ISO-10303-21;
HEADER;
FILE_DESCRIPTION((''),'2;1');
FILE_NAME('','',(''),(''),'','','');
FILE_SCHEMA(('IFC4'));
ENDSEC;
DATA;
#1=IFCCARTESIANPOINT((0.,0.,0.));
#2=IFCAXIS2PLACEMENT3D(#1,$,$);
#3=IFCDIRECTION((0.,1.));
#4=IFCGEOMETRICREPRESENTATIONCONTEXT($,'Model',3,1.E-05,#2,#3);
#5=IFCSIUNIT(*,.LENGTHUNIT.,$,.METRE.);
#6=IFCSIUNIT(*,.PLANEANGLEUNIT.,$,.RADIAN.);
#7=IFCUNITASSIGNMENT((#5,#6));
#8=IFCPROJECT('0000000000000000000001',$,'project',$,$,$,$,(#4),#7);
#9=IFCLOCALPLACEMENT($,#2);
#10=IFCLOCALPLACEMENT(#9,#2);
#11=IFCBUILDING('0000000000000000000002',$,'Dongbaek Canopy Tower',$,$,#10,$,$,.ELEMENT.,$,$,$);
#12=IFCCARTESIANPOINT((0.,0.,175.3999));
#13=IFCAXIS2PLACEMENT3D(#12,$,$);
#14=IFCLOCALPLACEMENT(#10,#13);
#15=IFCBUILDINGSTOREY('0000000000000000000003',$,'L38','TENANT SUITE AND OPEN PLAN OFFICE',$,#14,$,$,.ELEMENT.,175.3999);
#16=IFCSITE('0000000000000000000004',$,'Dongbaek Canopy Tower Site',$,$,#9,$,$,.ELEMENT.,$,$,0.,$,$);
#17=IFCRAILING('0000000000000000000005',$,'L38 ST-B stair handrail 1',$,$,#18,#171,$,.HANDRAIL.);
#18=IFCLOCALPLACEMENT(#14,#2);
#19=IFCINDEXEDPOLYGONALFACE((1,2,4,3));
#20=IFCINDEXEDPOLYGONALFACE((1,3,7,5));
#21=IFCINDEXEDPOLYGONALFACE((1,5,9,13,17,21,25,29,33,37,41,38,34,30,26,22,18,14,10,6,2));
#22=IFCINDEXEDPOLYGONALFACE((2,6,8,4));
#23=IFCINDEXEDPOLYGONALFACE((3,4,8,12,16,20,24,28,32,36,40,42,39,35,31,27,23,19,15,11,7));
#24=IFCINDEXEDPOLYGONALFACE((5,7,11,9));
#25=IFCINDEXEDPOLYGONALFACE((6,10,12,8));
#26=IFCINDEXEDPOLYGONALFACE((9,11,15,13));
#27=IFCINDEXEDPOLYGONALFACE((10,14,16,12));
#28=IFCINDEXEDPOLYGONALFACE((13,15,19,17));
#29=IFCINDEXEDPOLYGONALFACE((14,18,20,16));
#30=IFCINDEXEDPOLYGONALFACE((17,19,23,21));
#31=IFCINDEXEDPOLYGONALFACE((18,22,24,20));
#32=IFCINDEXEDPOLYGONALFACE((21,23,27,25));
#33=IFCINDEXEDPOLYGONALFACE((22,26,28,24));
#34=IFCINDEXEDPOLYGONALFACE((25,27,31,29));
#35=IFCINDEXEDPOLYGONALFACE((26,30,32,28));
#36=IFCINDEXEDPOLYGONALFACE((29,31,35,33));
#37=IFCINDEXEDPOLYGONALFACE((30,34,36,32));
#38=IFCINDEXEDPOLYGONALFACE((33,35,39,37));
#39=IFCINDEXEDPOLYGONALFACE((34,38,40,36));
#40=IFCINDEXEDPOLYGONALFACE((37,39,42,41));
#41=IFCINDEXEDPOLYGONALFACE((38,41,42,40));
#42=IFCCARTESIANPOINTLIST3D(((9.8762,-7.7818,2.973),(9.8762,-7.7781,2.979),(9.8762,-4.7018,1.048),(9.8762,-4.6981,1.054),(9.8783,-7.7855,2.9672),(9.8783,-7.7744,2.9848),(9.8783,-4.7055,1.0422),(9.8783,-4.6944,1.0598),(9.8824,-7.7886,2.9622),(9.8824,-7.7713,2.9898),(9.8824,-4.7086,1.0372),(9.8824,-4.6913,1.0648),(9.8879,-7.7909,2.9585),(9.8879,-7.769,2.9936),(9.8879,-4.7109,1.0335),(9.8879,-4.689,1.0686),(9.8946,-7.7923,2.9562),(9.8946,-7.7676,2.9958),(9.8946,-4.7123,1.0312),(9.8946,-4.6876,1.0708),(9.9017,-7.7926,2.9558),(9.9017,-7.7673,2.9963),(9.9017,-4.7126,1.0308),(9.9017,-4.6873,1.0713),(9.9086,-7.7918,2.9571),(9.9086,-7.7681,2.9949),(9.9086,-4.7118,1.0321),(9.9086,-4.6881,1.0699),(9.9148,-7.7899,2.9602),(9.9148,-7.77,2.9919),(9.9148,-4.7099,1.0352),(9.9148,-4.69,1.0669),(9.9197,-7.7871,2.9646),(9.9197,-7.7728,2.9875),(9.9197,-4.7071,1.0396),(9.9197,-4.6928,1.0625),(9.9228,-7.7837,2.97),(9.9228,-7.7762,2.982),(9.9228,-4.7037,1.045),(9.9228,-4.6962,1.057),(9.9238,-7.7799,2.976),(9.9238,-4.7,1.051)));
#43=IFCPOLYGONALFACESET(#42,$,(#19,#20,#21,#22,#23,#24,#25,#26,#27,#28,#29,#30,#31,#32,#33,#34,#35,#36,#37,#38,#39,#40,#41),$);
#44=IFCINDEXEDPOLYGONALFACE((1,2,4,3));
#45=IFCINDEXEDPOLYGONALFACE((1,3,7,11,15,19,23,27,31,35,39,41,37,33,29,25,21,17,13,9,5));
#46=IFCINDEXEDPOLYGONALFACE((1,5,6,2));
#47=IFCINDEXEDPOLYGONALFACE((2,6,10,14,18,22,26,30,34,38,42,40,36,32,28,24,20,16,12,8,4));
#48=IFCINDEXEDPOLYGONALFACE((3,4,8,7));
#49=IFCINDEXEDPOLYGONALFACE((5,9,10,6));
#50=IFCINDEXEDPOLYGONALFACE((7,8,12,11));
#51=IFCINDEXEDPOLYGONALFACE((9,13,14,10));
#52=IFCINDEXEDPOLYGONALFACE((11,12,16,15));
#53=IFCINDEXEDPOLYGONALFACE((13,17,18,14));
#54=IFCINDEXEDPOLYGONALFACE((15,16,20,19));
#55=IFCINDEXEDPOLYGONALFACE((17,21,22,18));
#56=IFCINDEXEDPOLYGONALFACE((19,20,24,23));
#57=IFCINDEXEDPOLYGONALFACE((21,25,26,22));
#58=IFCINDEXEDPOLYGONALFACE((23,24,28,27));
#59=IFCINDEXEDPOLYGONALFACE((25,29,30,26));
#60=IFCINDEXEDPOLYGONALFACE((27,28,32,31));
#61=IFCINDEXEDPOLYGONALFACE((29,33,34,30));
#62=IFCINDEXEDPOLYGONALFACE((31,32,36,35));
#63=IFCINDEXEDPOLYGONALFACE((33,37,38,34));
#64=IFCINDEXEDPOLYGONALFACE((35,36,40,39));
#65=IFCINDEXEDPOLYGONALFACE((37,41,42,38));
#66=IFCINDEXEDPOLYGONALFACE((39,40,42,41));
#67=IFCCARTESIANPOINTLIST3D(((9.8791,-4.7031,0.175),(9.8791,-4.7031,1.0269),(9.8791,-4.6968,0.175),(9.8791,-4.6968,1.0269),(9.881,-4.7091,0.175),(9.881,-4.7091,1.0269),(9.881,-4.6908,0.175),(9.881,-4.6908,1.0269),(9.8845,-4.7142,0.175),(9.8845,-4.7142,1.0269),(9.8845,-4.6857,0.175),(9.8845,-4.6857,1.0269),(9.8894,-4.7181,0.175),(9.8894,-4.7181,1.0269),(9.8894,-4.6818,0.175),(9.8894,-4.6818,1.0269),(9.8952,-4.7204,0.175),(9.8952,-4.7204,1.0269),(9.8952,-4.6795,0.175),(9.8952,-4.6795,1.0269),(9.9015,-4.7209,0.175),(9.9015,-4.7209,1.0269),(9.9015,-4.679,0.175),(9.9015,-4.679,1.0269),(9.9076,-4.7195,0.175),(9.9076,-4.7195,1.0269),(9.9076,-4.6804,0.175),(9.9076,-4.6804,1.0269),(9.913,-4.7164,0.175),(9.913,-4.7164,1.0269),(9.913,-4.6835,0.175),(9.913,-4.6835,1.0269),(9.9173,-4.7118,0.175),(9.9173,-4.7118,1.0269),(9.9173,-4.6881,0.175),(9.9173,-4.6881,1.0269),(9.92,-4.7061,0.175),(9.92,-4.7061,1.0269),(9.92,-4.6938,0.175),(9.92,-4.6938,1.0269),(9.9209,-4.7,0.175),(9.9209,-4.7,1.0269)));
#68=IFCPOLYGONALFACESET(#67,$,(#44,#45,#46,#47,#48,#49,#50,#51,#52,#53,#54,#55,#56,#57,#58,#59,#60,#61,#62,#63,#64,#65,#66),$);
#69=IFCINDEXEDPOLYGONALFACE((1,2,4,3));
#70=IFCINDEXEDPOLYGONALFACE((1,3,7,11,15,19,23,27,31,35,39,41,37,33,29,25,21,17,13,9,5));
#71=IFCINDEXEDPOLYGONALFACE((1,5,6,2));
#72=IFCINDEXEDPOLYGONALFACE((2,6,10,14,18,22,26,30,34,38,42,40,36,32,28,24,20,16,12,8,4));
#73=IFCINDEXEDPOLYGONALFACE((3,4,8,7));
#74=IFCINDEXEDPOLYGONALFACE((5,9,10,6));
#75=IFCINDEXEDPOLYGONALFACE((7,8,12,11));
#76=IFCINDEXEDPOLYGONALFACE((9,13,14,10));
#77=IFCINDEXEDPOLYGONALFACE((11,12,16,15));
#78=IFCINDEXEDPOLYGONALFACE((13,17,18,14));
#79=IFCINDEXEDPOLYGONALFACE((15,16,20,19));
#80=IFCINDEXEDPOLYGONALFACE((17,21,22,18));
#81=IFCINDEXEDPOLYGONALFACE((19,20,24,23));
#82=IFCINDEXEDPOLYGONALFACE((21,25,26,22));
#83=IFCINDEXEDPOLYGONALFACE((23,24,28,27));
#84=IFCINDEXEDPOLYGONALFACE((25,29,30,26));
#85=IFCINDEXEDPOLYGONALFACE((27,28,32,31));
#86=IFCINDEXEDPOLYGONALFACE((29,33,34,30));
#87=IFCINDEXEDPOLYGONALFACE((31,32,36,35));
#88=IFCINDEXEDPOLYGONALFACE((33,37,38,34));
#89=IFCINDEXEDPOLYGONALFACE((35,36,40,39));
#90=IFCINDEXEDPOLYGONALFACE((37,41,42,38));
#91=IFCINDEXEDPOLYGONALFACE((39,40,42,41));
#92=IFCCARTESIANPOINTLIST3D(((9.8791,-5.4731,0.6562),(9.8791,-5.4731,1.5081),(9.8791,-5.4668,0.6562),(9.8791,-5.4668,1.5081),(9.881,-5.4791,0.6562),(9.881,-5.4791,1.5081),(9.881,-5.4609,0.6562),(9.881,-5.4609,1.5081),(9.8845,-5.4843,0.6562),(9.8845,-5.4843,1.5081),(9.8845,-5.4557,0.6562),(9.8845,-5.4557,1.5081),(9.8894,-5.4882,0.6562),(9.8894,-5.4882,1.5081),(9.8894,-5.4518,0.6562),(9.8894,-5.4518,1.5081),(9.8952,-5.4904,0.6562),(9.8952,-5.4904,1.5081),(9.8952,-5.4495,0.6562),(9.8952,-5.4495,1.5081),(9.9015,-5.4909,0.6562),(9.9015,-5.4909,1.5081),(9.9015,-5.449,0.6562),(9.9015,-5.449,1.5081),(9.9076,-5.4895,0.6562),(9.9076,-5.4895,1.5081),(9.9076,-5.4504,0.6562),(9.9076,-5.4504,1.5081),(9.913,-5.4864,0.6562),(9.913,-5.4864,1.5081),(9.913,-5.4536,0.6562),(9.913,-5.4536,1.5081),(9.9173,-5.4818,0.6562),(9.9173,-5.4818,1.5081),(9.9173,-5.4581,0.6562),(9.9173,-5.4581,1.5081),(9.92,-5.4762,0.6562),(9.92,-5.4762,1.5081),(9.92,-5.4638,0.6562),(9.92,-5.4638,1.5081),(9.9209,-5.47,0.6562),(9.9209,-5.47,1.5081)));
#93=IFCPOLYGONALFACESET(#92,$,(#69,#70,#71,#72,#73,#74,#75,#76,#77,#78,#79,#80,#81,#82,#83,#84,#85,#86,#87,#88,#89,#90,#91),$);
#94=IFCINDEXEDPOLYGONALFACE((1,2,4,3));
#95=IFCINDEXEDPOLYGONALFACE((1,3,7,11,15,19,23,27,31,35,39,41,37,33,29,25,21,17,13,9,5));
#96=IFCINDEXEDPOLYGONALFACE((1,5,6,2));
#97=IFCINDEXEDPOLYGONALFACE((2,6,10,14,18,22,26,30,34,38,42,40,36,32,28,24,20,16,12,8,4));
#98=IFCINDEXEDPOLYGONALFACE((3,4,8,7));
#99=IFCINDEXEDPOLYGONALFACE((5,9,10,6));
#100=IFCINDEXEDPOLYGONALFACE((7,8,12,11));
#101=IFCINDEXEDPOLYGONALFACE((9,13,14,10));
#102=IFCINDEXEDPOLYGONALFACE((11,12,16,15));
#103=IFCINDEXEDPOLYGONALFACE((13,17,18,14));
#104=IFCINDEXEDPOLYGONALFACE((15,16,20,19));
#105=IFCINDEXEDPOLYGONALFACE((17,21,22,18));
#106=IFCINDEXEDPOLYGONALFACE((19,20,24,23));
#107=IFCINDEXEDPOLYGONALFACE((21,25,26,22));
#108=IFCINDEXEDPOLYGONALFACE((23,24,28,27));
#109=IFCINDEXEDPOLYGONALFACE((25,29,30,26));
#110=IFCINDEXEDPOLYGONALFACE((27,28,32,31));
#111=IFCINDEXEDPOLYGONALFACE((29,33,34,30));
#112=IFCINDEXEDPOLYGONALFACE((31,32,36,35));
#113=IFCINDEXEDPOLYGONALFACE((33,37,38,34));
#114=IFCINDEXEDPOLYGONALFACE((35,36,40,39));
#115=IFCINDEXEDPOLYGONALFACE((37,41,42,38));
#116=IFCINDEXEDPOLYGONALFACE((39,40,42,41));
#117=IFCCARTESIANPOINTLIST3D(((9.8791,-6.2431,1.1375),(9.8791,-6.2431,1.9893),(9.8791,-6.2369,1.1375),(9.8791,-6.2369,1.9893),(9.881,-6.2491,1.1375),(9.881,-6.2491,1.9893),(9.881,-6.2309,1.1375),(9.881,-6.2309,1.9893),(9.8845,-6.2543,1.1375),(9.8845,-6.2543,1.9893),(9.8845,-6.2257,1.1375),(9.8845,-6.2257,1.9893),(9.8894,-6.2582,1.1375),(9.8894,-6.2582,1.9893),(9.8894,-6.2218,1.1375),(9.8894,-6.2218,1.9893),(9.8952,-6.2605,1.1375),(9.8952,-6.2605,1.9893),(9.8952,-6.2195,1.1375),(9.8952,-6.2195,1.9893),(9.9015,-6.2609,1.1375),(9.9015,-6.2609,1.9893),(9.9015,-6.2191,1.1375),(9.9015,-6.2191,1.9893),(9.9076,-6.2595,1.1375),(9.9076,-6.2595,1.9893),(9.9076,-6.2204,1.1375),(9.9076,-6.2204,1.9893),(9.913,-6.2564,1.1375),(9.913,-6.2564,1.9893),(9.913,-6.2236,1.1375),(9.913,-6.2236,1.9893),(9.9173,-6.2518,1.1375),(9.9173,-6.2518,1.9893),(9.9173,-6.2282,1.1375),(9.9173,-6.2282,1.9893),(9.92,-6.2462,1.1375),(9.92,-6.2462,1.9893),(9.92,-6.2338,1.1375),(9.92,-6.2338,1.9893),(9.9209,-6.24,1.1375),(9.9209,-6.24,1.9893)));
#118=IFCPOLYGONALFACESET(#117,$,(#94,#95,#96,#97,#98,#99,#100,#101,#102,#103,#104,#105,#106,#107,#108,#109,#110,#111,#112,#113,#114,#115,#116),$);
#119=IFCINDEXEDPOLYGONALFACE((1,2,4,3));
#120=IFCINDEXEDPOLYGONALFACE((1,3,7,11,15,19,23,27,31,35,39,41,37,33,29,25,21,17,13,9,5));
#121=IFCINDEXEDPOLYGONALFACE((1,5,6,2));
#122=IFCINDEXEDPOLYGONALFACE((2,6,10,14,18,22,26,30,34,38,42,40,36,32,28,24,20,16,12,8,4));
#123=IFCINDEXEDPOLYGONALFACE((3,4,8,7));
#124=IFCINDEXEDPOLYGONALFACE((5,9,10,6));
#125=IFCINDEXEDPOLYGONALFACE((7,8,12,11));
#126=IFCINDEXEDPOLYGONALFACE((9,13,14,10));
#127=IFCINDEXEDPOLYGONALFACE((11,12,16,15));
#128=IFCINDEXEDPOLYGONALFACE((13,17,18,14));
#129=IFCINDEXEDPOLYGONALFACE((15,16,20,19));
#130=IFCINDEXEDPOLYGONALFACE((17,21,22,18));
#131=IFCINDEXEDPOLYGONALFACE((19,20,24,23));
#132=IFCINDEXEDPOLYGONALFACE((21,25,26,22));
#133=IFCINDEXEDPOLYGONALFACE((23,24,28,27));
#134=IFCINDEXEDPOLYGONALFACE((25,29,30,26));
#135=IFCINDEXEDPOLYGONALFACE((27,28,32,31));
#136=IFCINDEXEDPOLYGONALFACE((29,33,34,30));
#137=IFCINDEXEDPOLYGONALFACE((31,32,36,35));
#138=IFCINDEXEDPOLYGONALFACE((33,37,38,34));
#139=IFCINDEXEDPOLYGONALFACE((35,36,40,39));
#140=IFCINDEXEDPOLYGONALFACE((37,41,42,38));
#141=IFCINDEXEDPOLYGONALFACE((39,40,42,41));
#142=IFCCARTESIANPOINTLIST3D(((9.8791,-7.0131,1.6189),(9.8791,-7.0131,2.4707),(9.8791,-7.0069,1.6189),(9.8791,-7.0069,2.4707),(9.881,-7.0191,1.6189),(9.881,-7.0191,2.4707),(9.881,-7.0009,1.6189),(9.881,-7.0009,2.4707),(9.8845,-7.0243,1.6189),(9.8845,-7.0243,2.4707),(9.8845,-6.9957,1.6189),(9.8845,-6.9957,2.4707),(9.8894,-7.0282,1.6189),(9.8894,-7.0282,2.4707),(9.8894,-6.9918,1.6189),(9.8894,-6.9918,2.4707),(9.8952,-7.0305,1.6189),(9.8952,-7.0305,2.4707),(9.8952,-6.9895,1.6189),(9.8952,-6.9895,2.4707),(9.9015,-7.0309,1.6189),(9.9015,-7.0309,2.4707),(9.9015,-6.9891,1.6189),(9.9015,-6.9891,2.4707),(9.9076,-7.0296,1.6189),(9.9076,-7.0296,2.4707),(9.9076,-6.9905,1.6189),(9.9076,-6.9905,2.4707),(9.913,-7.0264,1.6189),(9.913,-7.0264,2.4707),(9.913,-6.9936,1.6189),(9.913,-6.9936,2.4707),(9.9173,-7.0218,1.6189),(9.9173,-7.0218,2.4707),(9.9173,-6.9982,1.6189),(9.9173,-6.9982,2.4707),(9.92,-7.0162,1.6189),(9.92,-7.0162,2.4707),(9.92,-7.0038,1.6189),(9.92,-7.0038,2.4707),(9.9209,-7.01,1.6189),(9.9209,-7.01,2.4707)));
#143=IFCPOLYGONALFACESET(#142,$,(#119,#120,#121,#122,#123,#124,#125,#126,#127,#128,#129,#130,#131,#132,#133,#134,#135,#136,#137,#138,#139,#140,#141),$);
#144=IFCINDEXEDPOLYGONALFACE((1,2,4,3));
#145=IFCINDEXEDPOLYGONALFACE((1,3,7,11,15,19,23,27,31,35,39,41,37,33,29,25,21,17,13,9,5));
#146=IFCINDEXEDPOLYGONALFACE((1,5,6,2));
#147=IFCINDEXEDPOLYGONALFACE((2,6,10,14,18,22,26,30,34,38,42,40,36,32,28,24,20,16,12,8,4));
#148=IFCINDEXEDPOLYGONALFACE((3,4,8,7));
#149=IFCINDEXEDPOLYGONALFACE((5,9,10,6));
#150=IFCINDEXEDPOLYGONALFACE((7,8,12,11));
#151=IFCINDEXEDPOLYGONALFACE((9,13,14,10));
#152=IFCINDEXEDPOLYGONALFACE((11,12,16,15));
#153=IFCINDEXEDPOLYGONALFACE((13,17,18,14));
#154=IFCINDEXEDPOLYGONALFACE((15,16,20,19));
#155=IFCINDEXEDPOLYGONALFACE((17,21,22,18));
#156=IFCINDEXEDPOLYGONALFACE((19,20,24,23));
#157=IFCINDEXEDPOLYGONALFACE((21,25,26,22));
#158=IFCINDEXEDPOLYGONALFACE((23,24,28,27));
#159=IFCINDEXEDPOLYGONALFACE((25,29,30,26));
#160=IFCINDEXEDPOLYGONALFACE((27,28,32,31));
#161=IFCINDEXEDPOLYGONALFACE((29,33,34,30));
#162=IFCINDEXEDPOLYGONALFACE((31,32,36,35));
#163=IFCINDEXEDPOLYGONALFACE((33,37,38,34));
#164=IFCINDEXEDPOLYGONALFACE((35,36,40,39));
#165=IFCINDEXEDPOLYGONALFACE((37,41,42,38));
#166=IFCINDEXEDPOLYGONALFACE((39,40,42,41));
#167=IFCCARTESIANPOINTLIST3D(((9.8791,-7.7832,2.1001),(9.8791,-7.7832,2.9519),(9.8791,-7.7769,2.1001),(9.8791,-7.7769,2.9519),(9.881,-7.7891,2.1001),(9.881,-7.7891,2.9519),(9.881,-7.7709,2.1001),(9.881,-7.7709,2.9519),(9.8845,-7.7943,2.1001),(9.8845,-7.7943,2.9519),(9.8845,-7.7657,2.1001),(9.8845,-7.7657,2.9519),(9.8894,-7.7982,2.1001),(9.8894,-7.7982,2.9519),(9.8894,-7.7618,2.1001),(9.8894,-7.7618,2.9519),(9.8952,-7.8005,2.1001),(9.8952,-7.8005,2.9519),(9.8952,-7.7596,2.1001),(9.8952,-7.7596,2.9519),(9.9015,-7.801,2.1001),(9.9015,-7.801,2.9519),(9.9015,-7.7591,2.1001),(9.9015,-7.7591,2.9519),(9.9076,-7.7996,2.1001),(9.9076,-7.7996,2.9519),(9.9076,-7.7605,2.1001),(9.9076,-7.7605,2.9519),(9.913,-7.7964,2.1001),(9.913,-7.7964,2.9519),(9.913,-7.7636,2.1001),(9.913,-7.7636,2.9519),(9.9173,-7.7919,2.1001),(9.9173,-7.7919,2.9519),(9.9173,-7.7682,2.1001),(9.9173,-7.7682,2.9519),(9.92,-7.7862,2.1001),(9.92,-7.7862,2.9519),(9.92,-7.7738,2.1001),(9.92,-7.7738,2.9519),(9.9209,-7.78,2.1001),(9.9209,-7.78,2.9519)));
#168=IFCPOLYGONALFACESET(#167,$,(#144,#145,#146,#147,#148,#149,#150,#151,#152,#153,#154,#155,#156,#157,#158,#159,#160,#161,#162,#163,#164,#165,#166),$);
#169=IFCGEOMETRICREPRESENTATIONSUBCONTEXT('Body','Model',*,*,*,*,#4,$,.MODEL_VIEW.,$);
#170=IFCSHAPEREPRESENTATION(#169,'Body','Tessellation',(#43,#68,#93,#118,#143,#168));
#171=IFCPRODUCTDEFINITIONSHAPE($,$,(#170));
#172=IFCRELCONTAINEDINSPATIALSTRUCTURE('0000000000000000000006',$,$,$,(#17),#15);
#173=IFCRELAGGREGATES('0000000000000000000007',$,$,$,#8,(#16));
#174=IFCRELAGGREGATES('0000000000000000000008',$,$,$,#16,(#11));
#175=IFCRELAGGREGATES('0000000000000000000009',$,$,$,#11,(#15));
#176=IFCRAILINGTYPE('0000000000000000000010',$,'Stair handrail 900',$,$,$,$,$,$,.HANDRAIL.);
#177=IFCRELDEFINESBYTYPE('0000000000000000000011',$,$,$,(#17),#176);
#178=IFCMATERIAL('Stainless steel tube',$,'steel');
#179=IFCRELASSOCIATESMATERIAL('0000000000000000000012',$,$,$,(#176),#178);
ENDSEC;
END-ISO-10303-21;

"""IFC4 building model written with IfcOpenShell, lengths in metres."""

from ifc_helpers import new_model, si_unit, direction, frame, origin, origin_2d, place, context, subcontext, project, spatial, circle, extrude, material, type_object, element, save


model = new_model("IFC4")

# Units and contexts
model_context = context("Model", 3, precision=1e-05, world=origin(), true_north=direction((0.0, 1.0)))
body_context = subcontext(model_context, "Body", "Model", "MODEL_VIEW")
ifc_project = project(units=[si_unit("LENGTHUNIT", "METRE"), si_unit("PLANEANGLEUNIT", "RADIAN")], contexts=[model_context])

# Site, building, storey
site_placement = place(None, origin())
site = spatial("IfcSite", under=ifc_project, at=site_placement, Name="Dongbaek Canopy Tower Site", CompositionType="ELEMENT", RefElevation=0.0)
building_placement = place(site_placement, origin())
building = spatial("IfcBuilding", under=site, at=building_placement, Name="Dongbaek Canopy Tower", CompositionType="ELEMENT")
storey_placement = place(building_placement, frame((0.0, 0.0, 175.3999)))
storey = spatial("IfcBuildingStorey", under=building, at=storey_placement, Name="L38", Description="TENANT SUITE AND OPEN PLAN OFFICE", CompositionType="ELEMENT", Elevation=175.3999)

# Railing
ifc_material_1 = material(Name="Stainless steel tube", Category="steel")
railing_type_1 = type_object("IfcRailingType", Name="Stair handrail 900", PredefinedType="HANDRAIL", material=ifc_material_1)
railing_1_placement = place(storey_placement, frame((9.8999, -4.7, 0.175)))
element("IfcRailing", 1, at=railing_1_placement, inside=storey, type_object=railing_type_1, Name="L38 ST-B stair handrail 1", PredefinedType="HANDRAIL", context=body_context, shape_type="SweptSolid", body=[
    extrude(circle(Radius=0.0239, at=origin_2d()), frame((0.0, 0.0, 0.876), z_axis=(0.0, -0.847998, 0.529999), x_axis=(1.0, 0.0, 0.0)), (0.0, 0.0, 1.0), 3.6321),
    extrude(circle(Radius=0.021, at=origin_2d()), origin(), (0.0, 0.0, 1.0), 0.8518),
    extrude(circle(Radius=0.021, at=origin_2d()), frame((0.0, -0.77, 0.4812)), (0.0, 0.0, 1.0), 0.8518),
    extrude(circle(Radius=0.021, at=origin_2d()), frame((0.0, -1.54, 0.9624)), (0.0, 0.0, 1.0), 0.8518),
    extrude(circle(Radius=0.021, at=origin_2d()), frame((0.0, -2.3101, 1.4438)), (0.0, 0.0, 1.0), 0.8518),
    extrude(circle(Radius=0.021, at=origin_2d()), frame((0.0, -3.0801, 1.925)), (0.0, 0.0, 1.0), 0.8518),
])

save(model, "model.ifc")
